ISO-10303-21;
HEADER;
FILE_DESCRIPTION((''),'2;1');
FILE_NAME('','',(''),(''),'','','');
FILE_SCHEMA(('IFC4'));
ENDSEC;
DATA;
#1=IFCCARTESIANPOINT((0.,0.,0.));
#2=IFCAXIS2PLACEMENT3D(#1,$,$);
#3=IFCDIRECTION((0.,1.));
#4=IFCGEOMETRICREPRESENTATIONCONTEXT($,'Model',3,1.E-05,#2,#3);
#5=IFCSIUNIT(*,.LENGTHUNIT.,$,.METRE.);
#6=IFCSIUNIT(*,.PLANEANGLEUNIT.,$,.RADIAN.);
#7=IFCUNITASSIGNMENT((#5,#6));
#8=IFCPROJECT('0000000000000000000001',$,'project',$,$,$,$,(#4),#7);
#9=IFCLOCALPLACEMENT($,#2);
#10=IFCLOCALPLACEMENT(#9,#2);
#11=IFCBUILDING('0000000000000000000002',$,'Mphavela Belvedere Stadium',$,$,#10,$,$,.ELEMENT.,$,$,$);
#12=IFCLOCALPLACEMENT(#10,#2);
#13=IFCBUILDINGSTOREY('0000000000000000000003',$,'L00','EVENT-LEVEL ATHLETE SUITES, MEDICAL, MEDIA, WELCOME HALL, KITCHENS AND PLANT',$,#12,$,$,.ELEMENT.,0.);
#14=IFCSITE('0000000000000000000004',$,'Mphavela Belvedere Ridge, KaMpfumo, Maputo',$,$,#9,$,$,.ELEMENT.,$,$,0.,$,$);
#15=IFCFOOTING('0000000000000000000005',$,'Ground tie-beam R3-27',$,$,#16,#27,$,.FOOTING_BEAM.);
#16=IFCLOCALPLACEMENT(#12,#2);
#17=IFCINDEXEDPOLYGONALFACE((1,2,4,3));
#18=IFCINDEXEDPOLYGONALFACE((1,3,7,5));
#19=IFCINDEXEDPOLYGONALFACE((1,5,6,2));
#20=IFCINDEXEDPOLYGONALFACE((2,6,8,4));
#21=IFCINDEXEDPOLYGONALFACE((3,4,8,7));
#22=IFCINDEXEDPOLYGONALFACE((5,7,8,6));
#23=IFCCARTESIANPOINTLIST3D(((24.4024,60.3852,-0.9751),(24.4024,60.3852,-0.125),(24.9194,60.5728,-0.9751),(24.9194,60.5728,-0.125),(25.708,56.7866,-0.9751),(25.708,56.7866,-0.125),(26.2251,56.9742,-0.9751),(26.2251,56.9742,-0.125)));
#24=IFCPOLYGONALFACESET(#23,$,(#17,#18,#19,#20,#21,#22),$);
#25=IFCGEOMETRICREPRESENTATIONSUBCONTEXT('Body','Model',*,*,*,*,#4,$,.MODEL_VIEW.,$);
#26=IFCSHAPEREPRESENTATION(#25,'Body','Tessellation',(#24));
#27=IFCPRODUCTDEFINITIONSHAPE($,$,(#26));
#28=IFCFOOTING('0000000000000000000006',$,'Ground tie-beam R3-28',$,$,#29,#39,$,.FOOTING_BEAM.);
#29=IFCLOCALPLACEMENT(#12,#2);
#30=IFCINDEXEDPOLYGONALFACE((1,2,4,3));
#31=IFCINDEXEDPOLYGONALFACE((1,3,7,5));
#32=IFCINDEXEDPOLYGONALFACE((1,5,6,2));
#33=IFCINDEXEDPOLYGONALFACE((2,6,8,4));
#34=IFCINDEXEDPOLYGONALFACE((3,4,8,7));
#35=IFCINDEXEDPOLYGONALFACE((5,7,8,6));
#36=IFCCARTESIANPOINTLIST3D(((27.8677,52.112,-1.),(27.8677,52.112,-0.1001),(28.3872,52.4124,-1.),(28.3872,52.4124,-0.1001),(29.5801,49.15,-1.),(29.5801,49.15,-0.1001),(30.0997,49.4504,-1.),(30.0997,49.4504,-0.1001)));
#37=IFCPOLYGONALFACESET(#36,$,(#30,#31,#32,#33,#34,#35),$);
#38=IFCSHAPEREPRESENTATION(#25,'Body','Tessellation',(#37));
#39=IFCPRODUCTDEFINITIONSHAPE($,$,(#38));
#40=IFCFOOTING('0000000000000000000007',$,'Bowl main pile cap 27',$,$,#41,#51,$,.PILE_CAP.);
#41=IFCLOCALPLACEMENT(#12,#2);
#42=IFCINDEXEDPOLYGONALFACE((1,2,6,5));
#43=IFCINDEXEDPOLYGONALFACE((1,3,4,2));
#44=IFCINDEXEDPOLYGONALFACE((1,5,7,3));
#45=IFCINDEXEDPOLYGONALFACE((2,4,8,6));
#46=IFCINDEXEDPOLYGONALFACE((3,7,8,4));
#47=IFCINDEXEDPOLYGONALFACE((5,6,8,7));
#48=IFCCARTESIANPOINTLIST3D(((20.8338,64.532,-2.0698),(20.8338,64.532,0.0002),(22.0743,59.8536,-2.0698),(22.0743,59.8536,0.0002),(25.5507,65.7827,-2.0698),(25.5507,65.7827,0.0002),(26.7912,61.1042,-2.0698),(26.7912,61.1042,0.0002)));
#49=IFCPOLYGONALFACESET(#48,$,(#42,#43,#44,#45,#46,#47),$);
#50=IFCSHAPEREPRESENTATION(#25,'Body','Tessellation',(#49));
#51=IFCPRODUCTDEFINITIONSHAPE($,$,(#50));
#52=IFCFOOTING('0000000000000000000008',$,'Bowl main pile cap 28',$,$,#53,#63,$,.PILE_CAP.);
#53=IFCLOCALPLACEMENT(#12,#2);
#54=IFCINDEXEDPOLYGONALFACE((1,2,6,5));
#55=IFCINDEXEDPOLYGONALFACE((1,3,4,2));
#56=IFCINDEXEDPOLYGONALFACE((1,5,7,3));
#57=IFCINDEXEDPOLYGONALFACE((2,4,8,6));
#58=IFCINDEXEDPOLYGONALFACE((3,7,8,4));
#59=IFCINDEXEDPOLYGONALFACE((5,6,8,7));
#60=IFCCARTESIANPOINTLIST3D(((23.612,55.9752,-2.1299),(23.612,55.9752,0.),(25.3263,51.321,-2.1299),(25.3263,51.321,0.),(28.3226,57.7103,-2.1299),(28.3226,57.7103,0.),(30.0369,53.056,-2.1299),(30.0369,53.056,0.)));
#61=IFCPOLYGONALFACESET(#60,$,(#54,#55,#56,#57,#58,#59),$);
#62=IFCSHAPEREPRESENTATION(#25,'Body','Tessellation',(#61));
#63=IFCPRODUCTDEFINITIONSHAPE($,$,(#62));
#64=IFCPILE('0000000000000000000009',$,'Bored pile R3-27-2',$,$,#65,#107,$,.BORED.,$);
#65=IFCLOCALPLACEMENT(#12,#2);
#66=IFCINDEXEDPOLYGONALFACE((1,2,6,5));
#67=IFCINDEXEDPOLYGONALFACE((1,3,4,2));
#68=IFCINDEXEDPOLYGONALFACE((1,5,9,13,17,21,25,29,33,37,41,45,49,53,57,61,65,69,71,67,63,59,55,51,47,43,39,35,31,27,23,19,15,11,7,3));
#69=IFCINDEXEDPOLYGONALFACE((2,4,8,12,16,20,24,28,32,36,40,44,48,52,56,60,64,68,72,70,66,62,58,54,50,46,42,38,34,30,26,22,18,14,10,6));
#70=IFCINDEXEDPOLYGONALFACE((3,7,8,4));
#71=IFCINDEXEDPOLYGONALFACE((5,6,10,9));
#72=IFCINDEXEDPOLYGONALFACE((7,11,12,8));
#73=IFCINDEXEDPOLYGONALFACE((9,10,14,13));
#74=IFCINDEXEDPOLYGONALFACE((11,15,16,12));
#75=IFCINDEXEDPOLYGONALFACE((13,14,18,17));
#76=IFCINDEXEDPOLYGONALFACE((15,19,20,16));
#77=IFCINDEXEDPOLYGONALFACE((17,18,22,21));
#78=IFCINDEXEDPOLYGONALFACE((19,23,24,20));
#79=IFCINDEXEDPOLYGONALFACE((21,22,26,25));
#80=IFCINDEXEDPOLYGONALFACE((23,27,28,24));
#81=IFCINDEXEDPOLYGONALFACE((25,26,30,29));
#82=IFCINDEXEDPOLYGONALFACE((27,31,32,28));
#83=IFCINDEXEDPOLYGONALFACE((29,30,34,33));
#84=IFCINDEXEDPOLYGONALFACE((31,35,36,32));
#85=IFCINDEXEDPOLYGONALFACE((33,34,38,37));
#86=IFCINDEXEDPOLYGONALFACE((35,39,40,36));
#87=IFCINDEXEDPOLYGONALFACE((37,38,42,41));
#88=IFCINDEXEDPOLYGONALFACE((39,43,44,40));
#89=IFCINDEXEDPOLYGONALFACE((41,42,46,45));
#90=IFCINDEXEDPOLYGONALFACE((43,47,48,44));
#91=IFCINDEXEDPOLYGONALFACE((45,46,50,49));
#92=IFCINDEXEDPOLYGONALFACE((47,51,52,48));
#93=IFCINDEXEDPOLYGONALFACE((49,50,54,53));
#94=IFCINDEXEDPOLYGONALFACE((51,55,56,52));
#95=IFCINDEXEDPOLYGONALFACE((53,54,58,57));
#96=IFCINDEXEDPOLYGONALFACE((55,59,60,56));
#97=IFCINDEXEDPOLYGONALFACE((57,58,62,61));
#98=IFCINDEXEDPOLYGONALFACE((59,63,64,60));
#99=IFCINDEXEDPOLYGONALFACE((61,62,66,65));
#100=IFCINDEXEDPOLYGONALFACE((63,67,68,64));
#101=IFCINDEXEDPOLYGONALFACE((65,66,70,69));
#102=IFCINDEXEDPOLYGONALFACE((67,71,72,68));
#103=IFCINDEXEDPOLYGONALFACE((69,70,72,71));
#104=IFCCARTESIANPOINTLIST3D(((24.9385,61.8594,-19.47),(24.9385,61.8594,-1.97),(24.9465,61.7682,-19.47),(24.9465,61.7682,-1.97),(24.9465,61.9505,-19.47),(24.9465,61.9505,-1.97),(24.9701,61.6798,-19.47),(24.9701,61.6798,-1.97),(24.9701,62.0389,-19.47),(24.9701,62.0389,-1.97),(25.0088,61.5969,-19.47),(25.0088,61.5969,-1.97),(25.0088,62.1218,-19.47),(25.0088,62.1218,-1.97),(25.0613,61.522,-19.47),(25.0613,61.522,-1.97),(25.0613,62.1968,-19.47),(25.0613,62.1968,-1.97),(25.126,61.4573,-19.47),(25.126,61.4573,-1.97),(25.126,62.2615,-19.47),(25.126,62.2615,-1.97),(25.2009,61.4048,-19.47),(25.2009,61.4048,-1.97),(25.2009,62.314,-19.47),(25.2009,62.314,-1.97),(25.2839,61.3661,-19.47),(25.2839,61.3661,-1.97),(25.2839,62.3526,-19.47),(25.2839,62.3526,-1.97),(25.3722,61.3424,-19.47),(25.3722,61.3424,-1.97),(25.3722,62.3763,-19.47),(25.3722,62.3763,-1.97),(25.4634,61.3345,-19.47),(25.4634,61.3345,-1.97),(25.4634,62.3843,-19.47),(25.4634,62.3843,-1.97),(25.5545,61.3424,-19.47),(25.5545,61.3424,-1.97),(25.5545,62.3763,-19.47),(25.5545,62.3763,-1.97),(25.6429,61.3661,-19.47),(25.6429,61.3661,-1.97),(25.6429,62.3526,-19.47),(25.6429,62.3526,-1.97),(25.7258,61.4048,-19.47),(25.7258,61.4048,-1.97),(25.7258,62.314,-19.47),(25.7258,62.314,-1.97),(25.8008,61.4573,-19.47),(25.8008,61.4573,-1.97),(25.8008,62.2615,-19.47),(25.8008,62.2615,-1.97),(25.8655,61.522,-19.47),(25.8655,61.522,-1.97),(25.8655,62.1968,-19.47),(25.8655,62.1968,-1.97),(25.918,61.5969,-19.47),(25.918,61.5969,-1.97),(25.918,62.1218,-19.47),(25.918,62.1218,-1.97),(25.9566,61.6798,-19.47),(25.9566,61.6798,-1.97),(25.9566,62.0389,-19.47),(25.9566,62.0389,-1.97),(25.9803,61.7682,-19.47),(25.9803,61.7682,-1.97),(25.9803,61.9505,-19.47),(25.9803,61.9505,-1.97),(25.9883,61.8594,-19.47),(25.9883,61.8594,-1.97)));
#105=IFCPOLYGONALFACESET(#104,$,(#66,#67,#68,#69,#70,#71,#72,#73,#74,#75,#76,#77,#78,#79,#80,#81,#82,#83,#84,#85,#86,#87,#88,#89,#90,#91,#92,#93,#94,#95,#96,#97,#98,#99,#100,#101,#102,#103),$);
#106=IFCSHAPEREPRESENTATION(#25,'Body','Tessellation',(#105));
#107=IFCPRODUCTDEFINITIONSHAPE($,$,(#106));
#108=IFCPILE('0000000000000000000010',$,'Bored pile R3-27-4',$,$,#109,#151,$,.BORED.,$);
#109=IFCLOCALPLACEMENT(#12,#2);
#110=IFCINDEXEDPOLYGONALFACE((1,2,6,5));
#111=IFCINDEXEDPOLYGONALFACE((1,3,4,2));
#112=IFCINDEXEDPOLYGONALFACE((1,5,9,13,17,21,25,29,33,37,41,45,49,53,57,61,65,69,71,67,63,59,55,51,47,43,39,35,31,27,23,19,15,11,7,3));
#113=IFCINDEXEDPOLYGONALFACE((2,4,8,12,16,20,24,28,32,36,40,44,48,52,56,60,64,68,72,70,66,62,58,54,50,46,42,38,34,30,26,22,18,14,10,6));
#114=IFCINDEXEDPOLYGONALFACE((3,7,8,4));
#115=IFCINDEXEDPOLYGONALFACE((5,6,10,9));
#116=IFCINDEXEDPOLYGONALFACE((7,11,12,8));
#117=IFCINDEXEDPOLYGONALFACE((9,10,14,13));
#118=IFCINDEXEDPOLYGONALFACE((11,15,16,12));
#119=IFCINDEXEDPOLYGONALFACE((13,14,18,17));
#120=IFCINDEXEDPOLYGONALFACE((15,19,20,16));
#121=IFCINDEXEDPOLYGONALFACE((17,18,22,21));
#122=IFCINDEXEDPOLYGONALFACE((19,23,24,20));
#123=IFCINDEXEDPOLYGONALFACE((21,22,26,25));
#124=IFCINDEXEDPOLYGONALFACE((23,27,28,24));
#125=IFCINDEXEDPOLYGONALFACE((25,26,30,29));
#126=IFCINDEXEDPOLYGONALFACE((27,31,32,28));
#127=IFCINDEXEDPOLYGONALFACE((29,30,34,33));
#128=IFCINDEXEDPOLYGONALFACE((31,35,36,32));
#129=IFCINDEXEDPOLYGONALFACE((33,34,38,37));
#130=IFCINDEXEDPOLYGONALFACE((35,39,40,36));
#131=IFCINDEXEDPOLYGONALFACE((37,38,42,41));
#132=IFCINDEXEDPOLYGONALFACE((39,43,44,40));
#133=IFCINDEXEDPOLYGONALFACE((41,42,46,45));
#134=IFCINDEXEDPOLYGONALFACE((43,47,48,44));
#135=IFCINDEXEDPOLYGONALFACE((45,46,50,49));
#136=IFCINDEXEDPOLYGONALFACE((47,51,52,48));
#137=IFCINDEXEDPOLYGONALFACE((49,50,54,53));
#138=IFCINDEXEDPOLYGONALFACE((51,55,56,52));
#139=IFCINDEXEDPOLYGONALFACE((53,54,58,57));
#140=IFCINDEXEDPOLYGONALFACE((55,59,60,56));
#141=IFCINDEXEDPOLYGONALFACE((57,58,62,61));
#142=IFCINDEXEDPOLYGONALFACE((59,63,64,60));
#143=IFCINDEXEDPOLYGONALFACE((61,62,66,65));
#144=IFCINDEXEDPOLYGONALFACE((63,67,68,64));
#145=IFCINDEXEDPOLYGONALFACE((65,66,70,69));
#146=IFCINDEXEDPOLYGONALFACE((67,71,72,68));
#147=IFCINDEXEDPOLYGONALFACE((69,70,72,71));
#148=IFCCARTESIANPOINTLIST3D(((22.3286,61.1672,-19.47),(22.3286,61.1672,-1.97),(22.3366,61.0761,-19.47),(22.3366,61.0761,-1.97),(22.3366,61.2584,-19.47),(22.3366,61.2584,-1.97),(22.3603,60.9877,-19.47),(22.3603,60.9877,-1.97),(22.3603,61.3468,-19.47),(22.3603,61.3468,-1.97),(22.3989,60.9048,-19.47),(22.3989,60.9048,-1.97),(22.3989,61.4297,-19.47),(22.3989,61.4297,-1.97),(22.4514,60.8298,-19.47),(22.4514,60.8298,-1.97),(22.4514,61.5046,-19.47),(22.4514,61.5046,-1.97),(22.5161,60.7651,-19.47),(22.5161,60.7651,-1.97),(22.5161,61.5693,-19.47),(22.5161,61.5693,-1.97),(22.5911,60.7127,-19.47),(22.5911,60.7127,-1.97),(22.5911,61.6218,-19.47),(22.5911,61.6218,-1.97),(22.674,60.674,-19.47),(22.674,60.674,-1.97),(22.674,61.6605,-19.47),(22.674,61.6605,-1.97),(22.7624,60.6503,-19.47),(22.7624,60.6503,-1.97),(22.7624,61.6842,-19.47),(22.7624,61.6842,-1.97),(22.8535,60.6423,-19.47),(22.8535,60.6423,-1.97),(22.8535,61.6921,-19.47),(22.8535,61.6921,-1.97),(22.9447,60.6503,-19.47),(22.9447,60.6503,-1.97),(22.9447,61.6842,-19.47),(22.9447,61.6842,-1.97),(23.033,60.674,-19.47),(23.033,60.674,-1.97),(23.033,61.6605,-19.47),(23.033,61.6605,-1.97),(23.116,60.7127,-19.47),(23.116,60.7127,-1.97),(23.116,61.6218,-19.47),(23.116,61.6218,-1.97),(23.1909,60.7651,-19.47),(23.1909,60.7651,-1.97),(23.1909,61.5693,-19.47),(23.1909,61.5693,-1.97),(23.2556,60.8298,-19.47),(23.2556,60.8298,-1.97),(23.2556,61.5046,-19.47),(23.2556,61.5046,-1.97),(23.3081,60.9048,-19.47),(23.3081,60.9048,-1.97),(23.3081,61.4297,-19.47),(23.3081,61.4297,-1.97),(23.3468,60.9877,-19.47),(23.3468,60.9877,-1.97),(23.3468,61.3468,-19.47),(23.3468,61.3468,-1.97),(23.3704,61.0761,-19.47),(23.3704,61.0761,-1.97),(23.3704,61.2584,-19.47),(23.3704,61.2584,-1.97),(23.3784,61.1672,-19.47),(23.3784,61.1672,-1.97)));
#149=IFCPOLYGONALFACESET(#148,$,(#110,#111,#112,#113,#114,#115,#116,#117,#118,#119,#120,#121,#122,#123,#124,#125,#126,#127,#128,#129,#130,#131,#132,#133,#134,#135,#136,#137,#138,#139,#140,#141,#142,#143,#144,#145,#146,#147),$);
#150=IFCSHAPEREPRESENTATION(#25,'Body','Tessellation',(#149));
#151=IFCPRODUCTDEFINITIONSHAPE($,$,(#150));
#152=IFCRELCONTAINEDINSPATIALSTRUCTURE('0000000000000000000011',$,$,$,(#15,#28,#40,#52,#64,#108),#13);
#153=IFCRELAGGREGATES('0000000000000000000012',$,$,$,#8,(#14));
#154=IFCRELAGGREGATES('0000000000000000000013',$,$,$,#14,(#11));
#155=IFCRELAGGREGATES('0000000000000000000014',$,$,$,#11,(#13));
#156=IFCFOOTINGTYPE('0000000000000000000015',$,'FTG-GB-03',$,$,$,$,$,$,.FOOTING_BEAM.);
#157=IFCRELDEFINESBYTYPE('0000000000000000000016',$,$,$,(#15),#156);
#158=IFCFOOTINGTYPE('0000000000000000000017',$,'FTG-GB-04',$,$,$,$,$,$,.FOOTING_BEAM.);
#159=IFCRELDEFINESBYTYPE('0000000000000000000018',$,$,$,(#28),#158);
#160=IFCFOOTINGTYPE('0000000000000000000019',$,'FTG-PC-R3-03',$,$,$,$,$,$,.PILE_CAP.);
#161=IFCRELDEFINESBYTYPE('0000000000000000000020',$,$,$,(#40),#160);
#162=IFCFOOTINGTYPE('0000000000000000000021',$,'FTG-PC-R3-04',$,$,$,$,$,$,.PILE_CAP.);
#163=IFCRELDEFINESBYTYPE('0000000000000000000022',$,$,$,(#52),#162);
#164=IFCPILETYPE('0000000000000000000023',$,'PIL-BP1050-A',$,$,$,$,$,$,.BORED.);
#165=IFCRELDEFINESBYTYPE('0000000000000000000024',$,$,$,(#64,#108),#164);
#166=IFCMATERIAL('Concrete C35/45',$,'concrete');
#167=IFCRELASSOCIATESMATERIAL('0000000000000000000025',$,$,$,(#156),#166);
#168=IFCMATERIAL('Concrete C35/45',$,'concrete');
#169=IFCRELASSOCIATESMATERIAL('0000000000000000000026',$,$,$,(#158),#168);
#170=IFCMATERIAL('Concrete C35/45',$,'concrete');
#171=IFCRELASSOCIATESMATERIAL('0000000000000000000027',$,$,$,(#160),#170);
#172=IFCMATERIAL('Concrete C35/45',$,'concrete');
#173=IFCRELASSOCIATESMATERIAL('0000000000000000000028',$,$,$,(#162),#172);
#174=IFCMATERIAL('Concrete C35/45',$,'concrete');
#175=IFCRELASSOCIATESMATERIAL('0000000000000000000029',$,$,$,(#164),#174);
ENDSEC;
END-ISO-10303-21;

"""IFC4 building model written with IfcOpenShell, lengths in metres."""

from ifc_helpers import new_model, si_unit, direction, frame, origin, origin_2d, place, context, subcontext, project, spatial, rectangle, circle, extrude, material, material_profile, profile_set, type_object, element, save


model = new_model("IFC4")

# Units and contexts
model_context = context("Model", 3, precision=1e-05, world=origin(), true_north=direction((0.0, 1.0)))
body_context = subcontext(model_context, "Body", "Model", "MODEL_VIEW")
ifc_project = project(units=[si_unit("LENGTHUNIT", "METRE"), si_unit("PLANEANGLEUNIT", "RADIAN")], contexts=[model_context])

# Site, building, storey
site_placement = place(None, origin())
site = spatial("IfcSite", under=ifc_project, at=site_placement, Name="Mphavela Belvedere Ridge, KaMpfumo, Maputo", CompositionType="ELEMENT", RefElevation=0.0)
building_placement = place(site_placement, origin())
building = spatial("IfcBuilding", under=site, at=building_placement, Name="Mphavela Belvedere Stadium", CompositionType="ELEMENT")
storey_placement = place(building_placement, origin())
storey = spatial("IfcBuildingStorey", under=building, at=storey_placement, Name="L00", Description="EVENT-LEVEL ATHLETE SUITES, MEDICAL, MEDIA, WELCOME HALL, KITCHENS AND PLANT", CompositionType="ELEMENT", Elevation=0.0)

# Footings
ifc_material_1 = material(Name="Concrete C35/45", Category="concrete")
ifc_material_profile_1 = material_profile(ifc_material_1, rectangle(XDim=0.55, YDim=0.8501, at=origin_2d()), Name="GB 550x850")
ifc_profile_set_1 = profile_set([ifc_material_profile_1], Name="Concrete C35/45")
footing_type_1 = type_object("IfcFootingType", Name="FTG-GB-03", PredefinedType="FOOTING_BEAM", material=ifc_profile_set_1)
footing_1_placement = place(storey_placement, frame((24.6609, 60.479, -0.55), z_axis=(0.341067, -0.940039, 0.0), x_axis=(0.940039, 0.341067, 0.0)))
element("IfcFooting", 1, at=footing_1_placement, inside=storey, type_object=footing_type_1, Name="Ground tie-beam R3-27", PredefinedType="FOOTING_BEAM", context=body_context, shape_type="SweptSolid", body=[
    extrude(rectangle(XDim=0.55, YDim=0.8501, at=origin_2d()), origin(), (0.0, 0.0, 1.0), 3.8281),
])
ifc_material_2 = material(Name="Concrete C35/45", Category="concrete")
ifc_material_profile_2 = material_profile(ifc_material_2, rectangle(XDim=0.6001, YDim=0.8999, at=origin_2d()), Name="GB 600x900")
ifc_profile_set_2 = profile_set([ifc_material_profile_2], Name="Concrete C35/45")
footing_type_2 = type_object("IfcFootingType", Name="FTG-GB-04", PredefinedType="FOOTING_BEAM", material=ifc_profile_set_2)
footing_2_placement = place(storey_placement, frame((28.1274, 52.2622, -0.55), z_axis=(0.500513, -0.865729, 0.0), x_axis=(0.865729, 0.500513, 0.0)))
element("IfcFooting", 2, at=footing_2_placement, inside=storey, type_object=footing_type_2, Name="Ground tie-beam R3-28", PredefinedType="FOOTING_BEAM", context=body_context, shape_type="SweptSolid", body=[
    extrude(rectangle(XDim=0.6001, YDim=0.8999, at=origin_2d()), origin(), (0.0, 0.0, 1.0), 3.4214),
])
ifc_material_3 = material(Name="Concrete C35/45", Category="concrete")
footing_type_3 = type_object("IfcFootingType", Name="FTG-PC-R3-03", PredefinedType="PILE_CAP", material=ifc_material_3)
footing_3_placement = place(storey_placement, frame((23.8125, 62.8181, -2.0698), z_axis=(0.0, 0.0, 1.0), x_axis=(-0.9666, -0.256289, 0.0)))
element("IfcFooting", 3, at=footing_3_placement, inside=storey, type_object=footing_type_3, Name="Bowl main pile cap 27", PredefinedType="PILE_CAP", context=body_context, shape_type="SweptSolid", body=[
    extrude(rectangle(XDim=4.8799, YDim=4.8401, at=origin_2d()), origin(), (0.0, 0.0, 1.0), 2.0701),
])
ifc_material_4 = material(Name="Concrete C35/45", Category="concrete")
footing_type_4 = type_object("IfcFootingType", Name="FTG-PC-R3-04", PredefinedType="PILE_CAP", material=ifc_material_4)
footing_4_placement = place(storey_placement, frame((26.8245, 54.5156, -2.1299), z_axis=(0.0, 0.0, 1.0), x_axis=(-0.938372, -0.345626, 0.0)))
element("IfcFooting", 4, at=footing_4_placement, inside=storey, type_object=footing_type_4, Name="Bowl main pile cap 28", PredefinedType="PILE_CAP", context=body_context, shape_type="SweptSolid", body=[
    extrude(rectangle(XDim=5.02, YDim=4.96, at=origin_2d()), origin(), (0.0, 0.0, 1.0), 2.1299),
])

# Piles
ifc_material_5 = material(Name="Concrete C35/45", Category="concrete")
ifc_material_profile_3 = material_profile(ifc_material_5, circle(Radius=0.5249, at=origin_2d()), Name="BP D1050")
ifc_profile_set_3 = profile_set([ifc_material_profile_3], Name="Concrete C35/45")
pile_type_1 = type_object("IfcPileType", Name="PIL-BP1050-A", PredefinedType="BORED", material=ifc_profile_set_3)
for number, where, z_axis, x_axis, name in (
    (5, (25.4634, 61.8594, -1.97), (0.0, 0.0, -1.0), (1.0, 0.0, 0.0), "Bored pile R3-27-2"),
    (6, (22.8535, 61.1672, -1.97), (0.0, 0.0, -1.0), (1.0, 0.0, 0.0), "Bored pile R3-27-4"),
):
    element("IfcPile", number, at=place(storey_placement, frame(where, z_axis=z_axis, x_axis=x_axis)), inside=storey, type_object=pile_type_1, Name=name, PredefinedType="BORED", context=body_context, shape_type="SweptSolid", body=[
        extrude(circle(Radius=0.5249, at=origin_2d()), origin(), (0.0, 0.0, 1.0), 17.5),
    ])

save(model, "model.ifc")
